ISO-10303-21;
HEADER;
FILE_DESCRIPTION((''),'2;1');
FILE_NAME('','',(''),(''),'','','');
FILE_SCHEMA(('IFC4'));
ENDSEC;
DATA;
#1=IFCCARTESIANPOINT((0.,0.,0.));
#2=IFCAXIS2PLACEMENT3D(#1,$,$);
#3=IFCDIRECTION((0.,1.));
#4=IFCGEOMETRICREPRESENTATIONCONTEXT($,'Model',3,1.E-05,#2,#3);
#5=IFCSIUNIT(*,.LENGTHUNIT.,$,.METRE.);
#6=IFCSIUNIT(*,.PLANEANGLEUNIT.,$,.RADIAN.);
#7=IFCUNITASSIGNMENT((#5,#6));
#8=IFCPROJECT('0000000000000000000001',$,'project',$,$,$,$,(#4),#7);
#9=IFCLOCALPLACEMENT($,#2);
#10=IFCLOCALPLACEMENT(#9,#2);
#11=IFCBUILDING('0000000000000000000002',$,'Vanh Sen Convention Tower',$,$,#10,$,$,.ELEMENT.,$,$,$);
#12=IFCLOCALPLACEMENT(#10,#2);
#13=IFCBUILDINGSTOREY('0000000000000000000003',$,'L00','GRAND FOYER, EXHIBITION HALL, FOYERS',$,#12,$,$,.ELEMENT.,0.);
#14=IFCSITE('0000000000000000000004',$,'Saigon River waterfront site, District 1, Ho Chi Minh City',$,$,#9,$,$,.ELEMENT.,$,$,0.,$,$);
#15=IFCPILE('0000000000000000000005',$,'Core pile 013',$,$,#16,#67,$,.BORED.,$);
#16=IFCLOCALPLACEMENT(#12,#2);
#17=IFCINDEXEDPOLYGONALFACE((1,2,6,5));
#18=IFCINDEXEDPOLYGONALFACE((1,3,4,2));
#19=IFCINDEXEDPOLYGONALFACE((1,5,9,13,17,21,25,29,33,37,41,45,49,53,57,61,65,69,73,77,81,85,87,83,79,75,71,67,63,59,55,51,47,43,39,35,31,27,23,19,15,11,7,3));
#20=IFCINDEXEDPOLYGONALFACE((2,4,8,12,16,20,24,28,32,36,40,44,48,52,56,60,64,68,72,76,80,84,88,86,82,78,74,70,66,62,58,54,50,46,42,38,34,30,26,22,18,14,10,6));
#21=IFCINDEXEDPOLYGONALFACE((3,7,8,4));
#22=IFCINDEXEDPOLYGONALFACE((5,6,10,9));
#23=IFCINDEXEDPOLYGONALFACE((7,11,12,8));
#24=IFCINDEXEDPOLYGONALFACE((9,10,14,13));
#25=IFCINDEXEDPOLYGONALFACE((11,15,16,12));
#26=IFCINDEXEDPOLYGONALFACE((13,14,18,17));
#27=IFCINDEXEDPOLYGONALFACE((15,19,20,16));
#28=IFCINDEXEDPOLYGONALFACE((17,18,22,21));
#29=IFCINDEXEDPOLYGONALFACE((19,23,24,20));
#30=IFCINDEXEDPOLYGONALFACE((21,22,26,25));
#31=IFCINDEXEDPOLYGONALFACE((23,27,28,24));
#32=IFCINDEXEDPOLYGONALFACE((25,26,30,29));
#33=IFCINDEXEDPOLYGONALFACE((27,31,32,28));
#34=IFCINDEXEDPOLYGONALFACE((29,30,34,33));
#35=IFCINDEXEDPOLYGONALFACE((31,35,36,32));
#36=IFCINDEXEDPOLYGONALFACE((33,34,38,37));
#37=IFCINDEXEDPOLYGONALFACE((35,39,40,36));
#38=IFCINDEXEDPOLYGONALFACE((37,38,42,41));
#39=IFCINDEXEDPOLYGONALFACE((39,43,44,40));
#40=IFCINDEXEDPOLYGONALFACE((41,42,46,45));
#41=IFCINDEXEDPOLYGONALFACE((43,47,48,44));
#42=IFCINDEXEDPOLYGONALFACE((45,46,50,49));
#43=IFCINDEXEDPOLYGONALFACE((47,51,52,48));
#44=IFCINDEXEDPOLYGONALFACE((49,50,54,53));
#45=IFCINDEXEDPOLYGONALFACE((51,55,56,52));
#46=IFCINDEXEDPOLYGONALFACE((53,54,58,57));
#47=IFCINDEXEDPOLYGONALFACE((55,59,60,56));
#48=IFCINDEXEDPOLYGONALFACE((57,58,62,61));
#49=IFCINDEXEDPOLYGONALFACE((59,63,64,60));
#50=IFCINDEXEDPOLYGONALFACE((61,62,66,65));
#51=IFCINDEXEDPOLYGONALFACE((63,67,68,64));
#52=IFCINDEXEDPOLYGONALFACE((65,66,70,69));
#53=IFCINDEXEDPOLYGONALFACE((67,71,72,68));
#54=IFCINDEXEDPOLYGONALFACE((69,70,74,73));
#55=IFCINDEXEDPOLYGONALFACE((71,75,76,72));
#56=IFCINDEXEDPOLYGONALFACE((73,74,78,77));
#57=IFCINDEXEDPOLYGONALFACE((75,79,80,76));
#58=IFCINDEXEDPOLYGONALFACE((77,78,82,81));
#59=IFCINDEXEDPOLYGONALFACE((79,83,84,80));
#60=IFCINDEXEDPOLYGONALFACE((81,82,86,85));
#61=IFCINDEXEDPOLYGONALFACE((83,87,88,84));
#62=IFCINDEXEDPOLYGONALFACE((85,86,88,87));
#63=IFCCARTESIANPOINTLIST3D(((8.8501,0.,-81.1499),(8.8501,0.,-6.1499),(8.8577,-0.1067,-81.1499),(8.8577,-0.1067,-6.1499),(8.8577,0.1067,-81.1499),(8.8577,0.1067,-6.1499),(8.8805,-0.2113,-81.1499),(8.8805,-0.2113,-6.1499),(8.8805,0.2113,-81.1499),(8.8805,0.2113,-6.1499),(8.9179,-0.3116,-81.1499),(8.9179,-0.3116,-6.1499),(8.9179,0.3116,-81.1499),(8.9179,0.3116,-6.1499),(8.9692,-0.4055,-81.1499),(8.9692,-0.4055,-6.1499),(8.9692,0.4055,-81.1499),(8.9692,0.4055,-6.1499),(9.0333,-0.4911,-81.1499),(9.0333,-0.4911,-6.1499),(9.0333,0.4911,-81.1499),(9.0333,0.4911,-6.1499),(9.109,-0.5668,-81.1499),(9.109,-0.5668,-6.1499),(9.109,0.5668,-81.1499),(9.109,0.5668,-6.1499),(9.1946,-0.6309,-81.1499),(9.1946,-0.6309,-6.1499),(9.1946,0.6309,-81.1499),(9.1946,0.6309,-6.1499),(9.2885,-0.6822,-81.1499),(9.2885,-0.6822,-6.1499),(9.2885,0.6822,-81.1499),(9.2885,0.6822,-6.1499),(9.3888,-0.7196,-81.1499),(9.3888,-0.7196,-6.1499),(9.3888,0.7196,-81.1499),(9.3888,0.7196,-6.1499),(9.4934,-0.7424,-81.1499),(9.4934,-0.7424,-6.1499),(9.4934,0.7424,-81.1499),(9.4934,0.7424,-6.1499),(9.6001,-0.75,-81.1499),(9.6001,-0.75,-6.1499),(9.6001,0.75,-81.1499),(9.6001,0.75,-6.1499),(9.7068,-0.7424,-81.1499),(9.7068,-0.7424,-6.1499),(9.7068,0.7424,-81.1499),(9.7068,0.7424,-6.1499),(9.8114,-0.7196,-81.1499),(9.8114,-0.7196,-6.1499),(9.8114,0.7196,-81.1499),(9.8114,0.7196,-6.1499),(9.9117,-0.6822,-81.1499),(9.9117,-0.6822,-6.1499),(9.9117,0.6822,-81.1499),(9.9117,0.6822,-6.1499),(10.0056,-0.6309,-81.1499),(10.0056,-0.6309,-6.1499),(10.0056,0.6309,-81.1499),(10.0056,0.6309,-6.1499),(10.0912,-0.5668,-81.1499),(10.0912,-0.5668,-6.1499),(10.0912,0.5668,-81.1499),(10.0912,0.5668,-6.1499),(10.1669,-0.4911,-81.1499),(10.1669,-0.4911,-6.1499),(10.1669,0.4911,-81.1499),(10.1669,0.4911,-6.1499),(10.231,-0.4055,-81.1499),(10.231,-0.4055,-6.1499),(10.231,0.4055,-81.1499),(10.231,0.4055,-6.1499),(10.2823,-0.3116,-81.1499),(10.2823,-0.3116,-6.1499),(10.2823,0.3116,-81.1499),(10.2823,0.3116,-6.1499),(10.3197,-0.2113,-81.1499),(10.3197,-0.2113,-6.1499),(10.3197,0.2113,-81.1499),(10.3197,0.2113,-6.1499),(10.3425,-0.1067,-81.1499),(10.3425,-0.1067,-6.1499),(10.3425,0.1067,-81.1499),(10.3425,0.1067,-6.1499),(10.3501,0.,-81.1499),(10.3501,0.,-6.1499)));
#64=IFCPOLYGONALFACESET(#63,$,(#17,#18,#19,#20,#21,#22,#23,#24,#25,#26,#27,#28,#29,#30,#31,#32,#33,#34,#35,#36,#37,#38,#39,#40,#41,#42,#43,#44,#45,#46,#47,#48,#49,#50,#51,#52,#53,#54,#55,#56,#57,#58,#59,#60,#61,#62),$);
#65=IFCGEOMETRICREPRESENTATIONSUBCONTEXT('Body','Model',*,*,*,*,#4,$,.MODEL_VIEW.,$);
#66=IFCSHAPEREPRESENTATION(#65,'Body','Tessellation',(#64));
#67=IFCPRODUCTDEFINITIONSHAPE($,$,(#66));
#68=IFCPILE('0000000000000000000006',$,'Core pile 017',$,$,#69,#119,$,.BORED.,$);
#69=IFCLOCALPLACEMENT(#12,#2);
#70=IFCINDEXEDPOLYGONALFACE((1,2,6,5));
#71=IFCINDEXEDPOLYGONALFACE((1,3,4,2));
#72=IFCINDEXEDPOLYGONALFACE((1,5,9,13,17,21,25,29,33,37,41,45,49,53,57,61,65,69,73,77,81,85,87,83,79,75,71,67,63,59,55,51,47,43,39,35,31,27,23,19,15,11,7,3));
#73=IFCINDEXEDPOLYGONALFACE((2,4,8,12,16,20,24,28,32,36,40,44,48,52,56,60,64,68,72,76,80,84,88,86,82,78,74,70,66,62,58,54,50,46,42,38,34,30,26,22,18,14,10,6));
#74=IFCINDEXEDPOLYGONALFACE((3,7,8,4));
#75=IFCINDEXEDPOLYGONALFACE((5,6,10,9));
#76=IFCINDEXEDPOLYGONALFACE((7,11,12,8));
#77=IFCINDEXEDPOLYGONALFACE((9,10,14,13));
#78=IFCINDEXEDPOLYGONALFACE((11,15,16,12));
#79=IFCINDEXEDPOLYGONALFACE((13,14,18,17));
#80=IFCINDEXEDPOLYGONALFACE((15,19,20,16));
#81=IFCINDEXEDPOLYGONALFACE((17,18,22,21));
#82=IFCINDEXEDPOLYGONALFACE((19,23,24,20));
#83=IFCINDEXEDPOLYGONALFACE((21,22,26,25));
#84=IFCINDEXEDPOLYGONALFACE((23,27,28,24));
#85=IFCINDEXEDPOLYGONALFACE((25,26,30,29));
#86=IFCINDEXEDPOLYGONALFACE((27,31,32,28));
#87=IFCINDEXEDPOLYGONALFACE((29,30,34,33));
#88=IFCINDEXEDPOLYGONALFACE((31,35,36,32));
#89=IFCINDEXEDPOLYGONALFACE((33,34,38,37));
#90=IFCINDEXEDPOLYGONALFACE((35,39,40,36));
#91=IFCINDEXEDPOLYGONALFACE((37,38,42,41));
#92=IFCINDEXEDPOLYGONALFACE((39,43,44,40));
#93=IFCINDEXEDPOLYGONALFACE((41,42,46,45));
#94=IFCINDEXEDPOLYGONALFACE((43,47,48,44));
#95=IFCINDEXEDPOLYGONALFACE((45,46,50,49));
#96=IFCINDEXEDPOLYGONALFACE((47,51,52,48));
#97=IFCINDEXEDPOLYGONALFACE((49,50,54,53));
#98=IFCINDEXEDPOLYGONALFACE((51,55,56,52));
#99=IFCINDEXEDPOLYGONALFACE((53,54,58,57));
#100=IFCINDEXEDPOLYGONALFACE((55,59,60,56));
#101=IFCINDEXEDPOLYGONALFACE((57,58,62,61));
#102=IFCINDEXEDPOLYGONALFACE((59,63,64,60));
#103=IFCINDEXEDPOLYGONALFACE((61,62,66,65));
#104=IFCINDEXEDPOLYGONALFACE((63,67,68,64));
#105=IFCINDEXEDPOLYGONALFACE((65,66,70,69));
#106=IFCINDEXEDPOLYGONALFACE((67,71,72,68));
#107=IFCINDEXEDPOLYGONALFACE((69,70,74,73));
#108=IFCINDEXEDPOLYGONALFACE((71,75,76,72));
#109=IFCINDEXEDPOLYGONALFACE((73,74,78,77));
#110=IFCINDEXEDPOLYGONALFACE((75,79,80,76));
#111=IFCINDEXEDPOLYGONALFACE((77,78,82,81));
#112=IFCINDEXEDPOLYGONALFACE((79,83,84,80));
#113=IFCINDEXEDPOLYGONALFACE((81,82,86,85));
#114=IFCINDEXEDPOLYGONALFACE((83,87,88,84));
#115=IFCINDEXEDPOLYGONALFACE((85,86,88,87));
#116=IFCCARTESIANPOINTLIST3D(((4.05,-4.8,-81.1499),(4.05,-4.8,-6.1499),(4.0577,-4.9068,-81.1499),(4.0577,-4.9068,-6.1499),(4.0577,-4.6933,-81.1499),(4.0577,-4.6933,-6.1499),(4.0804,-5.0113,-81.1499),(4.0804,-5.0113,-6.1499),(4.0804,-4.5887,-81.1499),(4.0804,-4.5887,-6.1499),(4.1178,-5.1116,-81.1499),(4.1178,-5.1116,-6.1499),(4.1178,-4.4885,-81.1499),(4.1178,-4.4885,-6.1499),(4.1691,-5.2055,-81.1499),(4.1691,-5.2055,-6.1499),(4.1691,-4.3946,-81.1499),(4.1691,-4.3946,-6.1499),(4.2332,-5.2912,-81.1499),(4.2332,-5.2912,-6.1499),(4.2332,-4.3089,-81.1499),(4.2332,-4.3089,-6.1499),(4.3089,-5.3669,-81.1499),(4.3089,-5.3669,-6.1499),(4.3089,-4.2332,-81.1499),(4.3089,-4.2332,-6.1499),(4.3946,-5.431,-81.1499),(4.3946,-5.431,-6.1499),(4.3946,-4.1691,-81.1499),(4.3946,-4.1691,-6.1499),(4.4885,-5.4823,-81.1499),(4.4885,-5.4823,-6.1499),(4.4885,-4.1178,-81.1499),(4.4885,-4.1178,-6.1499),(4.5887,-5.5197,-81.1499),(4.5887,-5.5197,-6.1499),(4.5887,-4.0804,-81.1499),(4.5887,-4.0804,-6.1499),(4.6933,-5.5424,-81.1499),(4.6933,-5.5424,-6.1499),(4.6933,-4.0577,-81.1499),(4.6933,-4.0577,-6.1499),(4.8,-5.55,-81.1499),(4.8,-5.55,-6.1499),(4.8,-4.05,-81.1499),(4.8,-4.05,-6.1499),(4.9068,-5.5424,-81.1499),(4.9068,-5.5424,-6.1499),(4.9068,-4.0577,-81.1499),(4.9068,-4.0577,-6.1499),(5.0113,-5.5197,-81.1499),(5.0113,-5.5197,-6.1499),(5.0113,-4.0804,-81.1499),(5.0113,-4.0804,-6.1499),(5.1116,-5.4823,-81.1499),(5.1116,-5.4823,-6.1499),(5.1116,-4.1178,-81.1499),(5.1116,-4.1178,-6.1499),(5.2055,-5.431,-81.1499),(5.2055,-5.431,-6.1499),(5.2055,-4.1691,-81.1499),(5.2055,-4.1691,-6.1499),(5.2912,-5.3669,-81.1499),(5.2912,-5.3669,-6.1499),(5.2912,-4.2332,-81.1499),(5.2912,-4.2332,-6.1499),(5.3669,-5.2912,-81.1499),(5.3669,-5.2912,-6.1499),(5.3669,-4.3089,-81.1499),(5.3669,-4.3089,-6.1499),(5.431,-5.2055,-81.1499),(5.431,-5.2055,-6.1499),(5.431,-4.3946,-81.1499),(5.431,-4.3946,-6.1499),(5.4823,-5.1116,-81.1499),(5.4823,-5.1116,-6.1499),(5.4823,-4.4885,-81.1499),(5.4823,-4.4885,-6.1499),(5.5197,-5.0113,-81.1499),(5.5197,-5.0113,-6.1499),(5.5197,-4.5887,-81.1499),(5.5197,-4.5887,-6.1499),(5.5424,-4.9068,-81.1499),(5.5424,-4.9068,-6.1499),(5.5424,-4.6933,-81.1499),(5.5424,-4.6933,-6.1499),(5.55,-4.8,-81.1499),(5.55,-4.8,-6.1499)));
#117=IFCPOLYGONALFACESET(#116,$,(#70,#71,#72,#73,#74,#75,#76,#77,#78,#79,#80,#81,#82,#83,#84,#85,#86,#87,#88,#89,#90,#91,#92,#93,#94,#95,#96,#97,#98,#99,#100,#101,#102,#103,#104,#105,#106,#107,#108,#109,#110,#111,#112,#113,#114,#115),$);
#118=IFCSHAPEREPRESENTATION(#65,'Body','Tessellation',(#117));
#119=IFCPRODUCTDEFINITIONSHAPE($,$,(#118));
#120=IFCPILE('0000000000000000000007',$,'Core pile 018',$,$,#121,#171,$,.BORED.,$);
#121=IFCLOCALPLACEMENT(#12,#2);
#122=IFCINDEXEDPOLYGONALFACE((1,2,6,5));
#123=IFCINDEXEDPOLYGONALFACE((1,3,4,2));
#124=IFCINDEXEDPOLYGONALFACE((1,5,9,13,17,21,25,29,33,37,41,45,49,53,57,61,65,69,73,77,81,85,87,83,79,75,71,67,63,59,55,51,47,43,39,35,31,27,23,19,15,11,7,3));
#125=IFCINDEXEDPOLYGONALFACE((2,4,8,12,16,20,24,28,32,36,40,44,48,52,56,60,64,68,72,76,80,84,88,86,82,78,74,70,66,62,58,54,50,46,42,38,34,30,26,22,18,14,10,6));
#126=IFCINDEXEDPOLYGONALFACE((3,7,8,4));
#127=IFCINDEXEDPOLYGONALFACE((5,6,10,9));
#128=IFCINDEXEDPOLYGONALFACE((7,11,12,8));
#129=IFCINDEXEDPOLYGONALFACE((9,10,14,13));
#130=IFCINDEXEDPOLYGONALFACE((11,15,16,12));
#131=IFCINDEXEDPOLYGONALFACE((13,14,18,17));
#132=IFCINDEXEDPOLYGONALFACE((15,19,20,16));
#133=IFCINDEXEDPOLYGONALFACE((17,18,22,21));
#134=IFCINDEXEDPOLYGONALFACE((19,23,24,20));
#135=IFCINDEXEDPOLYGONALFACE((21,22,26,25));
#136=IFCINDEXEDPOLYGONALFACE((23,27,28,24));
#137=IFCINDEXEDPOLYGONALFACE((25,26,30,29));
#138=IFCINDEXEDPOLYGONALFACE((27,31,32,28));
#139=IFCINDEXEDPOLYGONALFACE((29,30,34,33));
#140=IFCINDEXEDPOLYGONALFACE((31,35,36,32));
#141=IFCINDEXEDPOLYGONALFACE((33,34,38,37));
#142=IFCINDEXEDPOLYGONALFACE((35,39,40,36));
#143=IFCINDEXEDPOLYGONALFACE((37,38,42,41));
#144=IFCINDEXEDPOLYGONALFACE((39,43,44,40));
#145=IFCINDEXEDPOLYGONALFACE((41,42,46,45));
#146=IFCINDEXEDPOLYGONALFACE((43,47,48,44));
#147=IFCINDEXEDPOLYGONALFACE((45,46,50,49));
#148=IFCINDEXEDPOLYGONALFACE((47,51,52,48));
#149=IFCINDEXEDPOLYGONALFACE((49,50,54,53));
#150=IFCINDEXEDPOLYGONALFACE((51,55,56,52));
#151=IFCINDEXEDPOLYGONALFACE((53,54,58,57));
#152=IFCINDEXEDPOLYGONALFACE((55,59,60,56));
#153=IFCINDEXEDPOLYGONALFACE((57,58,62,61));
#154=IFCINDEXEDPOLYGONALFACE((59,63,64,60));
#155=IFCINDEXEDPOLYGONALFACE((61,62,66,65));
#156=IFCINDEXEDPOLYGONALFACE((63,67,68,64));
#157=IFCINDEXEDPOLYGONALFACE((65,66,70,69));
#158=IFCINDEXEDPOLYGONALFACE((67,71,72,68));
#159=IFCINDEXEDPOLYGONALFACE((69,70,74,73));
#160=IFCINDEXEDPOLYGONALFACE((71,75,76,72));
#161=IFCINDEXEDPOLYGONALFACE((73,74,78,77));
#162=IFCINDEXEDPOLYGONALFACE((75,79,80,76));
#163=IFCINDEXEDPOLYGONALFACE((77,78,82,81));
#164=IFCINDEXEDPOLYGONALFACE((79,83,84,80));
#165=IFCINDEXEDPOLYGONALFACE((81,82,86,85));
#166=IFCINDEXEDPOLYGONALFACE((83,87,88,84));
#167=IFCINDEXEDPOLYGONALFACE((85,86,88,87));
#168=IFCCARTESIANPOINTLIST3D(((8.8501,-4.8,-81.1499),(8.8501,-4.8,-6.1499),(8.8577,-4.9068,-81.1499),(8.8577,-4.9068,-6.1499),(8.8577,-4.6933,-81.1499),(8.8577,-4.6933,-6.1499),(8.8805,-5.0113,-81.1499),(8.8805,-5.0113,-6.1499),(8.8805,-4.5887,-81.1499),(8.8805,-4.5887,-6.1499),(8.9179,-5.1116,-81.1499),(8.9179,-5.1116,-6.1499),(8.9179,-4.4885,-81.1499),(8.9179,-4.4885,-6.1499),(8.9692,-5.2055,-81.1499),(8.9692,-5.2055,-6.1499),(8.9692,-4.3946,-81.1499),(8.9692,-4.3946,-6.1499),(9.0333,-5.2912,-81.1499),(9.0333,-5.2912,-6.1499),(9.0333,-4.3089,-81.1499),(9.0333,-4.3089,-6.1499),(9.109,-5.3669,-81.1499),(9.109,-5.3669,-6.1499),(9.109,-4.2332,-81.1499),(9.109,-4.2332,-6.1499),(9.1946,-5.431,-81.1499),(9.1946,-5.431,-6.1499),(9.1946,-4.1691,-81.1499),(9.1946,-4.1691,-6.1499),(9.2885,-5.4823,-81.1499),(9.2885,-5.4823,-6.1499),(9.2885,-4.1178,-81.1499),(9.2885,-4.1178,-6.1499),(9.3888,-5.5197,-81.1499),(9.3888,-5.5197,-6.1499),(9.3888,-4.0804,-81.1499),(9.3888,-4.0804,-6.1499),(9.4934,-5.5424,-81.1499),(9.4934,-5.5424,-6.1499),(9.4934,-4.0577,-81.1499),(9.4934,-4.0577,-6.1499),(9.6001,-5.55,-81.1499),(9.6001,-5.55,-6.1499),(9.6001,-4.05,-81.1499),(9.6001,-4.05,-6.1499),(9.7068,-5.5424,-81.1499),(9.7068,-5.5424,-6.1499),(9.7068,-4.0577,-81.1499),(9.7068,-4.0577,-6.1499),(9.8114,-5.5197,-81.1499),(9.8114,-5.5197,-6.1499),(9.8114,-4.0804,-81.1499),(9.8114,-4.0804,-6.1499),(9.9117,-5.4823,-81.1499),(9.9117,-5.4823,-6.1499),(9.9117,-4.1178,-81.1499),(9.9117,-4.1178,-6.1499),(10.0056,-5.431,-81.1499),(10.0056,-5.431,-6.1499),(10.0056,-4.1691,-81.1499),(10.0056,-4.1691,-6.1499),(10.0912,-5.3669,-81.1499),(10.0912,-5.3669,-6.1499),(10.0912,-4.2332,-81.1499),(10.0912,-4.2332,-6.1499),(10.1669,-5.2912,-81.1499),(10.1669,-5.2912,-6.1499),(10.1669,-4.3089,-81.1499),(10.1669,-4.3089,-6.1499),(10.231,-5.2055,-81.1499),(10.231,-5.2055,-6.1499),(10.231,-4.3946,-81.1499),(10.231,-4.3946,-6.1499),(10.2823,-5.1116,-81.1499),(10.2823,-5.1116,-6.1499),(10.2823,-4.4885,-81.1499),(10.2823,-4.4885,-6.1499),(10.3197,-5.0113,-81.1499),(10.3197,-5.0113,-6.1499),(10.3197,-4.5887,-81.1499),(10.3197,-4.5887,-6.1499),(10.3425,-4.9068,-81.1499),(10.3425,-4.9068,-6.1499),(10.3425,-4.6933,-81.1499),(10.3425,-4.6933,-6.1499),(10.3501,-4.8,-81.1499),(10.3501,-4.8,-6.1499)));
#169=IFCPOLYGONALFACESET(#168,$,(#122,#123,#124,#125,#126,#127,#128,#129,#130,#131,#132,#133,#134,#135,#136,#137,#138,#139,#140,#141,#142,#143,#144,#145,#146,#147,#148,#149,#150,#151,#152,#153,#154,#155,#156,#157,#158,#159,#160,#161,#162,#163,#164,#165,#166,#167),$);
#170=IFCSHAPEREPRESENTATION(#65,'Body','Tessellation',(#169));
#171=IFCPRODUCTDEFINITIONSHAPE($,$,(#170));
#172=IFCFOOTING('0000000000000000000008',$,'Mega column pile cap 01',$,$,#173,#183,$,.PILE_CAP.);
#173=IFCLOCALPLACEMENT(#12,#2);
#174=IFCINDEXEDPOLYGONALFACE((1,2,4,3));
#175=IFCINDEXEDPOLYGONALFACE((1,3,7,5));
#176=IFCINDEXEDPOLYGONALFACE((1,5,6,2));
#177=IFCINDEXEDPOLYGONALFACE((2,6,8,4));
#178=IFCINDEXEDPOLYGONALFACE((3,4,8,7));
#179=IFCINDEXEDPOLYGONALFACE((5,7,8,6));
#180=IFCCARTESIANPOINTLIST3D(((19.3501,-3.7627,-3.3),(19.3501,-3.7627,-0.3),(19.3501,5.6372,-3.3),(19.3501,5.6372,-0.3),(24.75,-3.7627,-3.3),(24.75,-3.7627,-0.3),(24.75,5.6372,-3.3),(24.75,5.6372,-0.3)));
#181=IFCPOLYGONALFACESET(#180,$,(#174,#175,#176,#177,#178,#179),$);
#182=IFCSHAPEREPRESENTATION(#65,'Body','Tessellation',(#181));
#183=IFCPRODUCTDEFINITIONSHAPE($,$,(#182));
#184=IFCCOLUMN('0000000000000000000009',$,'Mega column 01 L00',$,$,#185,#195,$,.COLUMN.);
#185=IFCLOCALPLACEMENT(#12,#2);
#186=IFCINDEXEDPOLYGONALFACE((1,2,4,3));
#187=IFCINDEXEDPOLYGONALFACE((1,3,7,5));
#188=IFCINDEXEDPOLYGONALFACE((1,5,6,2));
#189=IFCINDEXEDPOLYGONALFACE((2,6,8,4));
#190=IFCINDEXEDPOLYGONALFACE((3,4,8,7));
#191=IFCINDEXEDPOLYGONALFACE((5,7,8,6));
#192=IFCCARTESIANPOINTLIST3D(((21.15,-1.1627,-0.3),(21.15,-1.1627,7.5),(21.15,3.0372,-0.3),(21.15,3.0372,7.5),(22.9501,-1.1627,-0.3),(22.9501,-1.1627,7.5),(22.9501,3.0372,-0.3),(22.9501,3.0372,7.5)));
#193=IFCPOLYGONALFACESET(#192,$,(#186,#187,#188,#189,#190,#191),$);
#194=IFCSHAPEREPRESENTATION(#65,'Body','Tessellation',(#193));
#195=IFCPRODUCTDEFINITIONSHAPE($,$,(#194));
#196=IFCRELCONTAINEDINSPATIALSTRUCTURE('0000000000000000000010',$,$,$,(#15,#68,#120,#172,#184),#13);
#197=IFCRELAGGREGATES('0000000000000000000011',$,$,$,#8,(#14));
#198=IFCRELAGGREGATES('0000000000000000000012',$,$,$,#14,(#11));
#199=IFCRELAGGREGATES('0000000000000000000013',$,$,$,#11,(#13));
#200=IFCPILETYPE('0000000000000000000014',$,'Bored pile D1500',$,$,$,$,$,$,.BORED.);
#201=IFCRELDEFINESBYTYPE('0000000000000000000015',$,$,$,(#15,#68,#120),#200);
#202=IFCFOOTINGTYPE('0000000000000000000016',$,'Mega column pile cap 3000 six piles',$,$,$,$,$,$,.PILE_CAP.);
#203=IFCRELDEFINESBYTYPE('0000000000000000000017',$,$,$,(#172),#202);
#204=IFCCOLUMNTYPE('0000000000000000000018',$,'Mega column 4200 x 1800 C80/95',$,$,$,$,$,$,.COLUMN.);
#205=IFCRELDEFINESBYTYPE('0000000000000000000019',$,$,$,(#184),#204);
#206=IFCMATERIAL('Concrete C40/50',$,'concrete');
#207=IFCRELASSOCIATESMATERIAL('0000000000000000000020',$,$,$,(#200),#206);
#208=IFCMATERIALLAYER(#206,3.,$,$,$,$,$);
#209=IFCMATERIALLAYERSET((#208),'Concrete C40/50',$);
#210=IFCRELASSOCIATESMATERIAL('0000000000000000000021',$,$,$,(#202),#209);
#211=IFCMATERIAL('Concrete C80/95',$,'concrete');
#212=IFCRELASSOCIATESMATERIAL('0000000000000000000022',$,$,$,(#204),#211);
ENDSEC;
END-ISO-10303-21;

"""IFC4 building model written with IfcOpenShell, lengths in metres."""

from ifc_helpers import new_model, si_unit, direction, frame, origin, origin_2d, place, context, subcontext, project, spatial, rectangle, circle, extrude, material, layer, layer_set, material_profile, profile_set, type_object, element, save


model = new_model("IFC4")

# Units and contexts
model_context = context("Model", 3, precision=1e-05, world=origin(), true_north=direction((0.0, 1.0)))
body_context = subcontext(model_context, "Body", "Model", "MODEL_VIEW")
ifc_project = project(units=[si_unit("LENGTHUNIT", "METRE"), si_unit("PLANEANGLEUNIT", "RADIAN")], contexts=[model_context])

# Site, building, storey
site_placement = place(None, origin())
site = spatial("IfcSite", under=ifc_project, at=site_placement, Name="Saigon River waterfront site, District 1, Ho Chi Minh City", CompositionType="ELEMENT", RefElevation=0.0)
building_placement = place(site_placement, origin())
building = spatial("IfcBuilding", under=site, at=building_placement, Name="Vanh Sen Convention Tower", CompositionType="ELEMENT")
storey_placement = place(building_placement, origin())
storey = spatial("IfcBuildingStorey", under=building, at=storey_placement, Name="L00", Description="GRAND FOYER, EXHIBITION HALL, FOYERS", CompositionType="ELEMENT", Elevation=0.0)

# Piles
ifc_material_1 = material(Name="Concrete C40/50", Category="concrete")
ifc_material_profile_1 = material_profile(ifc_material_1, circle(Radius=0.75, at=origin_2d()), Name="Bored pile D1500")
ifc_profile_set_1 = profile_set([ifc_material_profile_1], Name="Concrete C40/50")
pile_type_1 = type_object("IfcPileType", Name="Bored pile D1500", PredefinedType="BORED", material=ifc_profile_set_1)
for number, where, z_axis, x_axis, name in (
    (1, (9.6001, 0.0, -6.1499), (0.0, 0.0, -1.0), (1.0, 0.0, 0.0), "Core pile 013"),
    (2, (4.8, -4.8, -6.1499), (0.0, 0.0, -1.0), (1.0, 0.0, 0.0), "Core pile 017"),
    (3, (9.6001, -4.8, -6.1499), (0.0, 0.0, -1.0), (1.0, 0.0, 0.0), "Core pile 018"),
):
    element("IfcPile", number, at=place(storey_placement, frame(where, z_axis=z_axis, x_axis=x_axis)), inside=storey, type_object=pile_type_1, Name=name, PredefinedType="BORED", context=body_context, shape_type="SweptSolid", body=[
        extrude(circle(Radius=0.75, at=origin_2d()), origin(), (0.0, 0.0, 1.0), 75.0),
    ])

# Footing
ifc_layer_1 = layer(ifc_material_1, 3.0)
ifc_layer_set_1 = layer_set([ifc_layer_1], Name="Concrete C40/50")
footing_type = type_object("IfcFootingType", Name="Mega column pile cap 3000 six piles", PredefinedType="PILE_CAP", material=ifc_layer_set_1)
footing_placement = place(storey_placement, frame((22.05, 0.9373, -3.3), z_axis=(0.0, 0.0, 1.0), x_axis=(0.0, 1.0, 0.0)))
element("IfcFooting", 4, at=footing_placement, inside=storey, type_object=footing_type, Name="Mega column pile cap 01", PredefinedType="PILE_CAP", context=body_context, shape_type="SweptSolid", body=[
    extrude(rectangle(XDim=9.3999, YDim=5.3999, at=origin_2d()), origin(), (0.0, 0.0, 1.0), 3.0),
])

# Column
ifc_material_2 = material(Name="Concrete C80/95", Category="concrete")
ifc_material_profile_2 = material_profile(ifc_material_2, rectangle(XDim=4.2, YDim=1.8, at=origin_2d()), Name="RC 4200X1800")
ifc_profile_set_2 = profile_set([ifc_material_profile_2], Name="Concrete C80/95")
column_type = type_object("IfcColumnType", Name="Mega column 4200 x 1800 C80/95", PredefinedType="COLUMN", material=ifc_profile_set_2)
column_placement = place(storey_placement, frame((22.05, 0.9373, -0.3), z_axis=(0.0, 0.0, 1.0), x_axis=(0.0, 1.0, 0.0)))
element("IfcColumn", 5, at=column_placement, inside=storey, type_object=column_type, Name="Mega column 01 L00", PredefinedType="COLUMN", context=body_context, shape_type="SweptSolid", body=[
    extrude(rectangle(XDim=4.2, YDim=1.8, at=origin_2d()), origin(), (0.0, 0.0, 1.0), 7.8),
])

save(model, "model.ifc")
